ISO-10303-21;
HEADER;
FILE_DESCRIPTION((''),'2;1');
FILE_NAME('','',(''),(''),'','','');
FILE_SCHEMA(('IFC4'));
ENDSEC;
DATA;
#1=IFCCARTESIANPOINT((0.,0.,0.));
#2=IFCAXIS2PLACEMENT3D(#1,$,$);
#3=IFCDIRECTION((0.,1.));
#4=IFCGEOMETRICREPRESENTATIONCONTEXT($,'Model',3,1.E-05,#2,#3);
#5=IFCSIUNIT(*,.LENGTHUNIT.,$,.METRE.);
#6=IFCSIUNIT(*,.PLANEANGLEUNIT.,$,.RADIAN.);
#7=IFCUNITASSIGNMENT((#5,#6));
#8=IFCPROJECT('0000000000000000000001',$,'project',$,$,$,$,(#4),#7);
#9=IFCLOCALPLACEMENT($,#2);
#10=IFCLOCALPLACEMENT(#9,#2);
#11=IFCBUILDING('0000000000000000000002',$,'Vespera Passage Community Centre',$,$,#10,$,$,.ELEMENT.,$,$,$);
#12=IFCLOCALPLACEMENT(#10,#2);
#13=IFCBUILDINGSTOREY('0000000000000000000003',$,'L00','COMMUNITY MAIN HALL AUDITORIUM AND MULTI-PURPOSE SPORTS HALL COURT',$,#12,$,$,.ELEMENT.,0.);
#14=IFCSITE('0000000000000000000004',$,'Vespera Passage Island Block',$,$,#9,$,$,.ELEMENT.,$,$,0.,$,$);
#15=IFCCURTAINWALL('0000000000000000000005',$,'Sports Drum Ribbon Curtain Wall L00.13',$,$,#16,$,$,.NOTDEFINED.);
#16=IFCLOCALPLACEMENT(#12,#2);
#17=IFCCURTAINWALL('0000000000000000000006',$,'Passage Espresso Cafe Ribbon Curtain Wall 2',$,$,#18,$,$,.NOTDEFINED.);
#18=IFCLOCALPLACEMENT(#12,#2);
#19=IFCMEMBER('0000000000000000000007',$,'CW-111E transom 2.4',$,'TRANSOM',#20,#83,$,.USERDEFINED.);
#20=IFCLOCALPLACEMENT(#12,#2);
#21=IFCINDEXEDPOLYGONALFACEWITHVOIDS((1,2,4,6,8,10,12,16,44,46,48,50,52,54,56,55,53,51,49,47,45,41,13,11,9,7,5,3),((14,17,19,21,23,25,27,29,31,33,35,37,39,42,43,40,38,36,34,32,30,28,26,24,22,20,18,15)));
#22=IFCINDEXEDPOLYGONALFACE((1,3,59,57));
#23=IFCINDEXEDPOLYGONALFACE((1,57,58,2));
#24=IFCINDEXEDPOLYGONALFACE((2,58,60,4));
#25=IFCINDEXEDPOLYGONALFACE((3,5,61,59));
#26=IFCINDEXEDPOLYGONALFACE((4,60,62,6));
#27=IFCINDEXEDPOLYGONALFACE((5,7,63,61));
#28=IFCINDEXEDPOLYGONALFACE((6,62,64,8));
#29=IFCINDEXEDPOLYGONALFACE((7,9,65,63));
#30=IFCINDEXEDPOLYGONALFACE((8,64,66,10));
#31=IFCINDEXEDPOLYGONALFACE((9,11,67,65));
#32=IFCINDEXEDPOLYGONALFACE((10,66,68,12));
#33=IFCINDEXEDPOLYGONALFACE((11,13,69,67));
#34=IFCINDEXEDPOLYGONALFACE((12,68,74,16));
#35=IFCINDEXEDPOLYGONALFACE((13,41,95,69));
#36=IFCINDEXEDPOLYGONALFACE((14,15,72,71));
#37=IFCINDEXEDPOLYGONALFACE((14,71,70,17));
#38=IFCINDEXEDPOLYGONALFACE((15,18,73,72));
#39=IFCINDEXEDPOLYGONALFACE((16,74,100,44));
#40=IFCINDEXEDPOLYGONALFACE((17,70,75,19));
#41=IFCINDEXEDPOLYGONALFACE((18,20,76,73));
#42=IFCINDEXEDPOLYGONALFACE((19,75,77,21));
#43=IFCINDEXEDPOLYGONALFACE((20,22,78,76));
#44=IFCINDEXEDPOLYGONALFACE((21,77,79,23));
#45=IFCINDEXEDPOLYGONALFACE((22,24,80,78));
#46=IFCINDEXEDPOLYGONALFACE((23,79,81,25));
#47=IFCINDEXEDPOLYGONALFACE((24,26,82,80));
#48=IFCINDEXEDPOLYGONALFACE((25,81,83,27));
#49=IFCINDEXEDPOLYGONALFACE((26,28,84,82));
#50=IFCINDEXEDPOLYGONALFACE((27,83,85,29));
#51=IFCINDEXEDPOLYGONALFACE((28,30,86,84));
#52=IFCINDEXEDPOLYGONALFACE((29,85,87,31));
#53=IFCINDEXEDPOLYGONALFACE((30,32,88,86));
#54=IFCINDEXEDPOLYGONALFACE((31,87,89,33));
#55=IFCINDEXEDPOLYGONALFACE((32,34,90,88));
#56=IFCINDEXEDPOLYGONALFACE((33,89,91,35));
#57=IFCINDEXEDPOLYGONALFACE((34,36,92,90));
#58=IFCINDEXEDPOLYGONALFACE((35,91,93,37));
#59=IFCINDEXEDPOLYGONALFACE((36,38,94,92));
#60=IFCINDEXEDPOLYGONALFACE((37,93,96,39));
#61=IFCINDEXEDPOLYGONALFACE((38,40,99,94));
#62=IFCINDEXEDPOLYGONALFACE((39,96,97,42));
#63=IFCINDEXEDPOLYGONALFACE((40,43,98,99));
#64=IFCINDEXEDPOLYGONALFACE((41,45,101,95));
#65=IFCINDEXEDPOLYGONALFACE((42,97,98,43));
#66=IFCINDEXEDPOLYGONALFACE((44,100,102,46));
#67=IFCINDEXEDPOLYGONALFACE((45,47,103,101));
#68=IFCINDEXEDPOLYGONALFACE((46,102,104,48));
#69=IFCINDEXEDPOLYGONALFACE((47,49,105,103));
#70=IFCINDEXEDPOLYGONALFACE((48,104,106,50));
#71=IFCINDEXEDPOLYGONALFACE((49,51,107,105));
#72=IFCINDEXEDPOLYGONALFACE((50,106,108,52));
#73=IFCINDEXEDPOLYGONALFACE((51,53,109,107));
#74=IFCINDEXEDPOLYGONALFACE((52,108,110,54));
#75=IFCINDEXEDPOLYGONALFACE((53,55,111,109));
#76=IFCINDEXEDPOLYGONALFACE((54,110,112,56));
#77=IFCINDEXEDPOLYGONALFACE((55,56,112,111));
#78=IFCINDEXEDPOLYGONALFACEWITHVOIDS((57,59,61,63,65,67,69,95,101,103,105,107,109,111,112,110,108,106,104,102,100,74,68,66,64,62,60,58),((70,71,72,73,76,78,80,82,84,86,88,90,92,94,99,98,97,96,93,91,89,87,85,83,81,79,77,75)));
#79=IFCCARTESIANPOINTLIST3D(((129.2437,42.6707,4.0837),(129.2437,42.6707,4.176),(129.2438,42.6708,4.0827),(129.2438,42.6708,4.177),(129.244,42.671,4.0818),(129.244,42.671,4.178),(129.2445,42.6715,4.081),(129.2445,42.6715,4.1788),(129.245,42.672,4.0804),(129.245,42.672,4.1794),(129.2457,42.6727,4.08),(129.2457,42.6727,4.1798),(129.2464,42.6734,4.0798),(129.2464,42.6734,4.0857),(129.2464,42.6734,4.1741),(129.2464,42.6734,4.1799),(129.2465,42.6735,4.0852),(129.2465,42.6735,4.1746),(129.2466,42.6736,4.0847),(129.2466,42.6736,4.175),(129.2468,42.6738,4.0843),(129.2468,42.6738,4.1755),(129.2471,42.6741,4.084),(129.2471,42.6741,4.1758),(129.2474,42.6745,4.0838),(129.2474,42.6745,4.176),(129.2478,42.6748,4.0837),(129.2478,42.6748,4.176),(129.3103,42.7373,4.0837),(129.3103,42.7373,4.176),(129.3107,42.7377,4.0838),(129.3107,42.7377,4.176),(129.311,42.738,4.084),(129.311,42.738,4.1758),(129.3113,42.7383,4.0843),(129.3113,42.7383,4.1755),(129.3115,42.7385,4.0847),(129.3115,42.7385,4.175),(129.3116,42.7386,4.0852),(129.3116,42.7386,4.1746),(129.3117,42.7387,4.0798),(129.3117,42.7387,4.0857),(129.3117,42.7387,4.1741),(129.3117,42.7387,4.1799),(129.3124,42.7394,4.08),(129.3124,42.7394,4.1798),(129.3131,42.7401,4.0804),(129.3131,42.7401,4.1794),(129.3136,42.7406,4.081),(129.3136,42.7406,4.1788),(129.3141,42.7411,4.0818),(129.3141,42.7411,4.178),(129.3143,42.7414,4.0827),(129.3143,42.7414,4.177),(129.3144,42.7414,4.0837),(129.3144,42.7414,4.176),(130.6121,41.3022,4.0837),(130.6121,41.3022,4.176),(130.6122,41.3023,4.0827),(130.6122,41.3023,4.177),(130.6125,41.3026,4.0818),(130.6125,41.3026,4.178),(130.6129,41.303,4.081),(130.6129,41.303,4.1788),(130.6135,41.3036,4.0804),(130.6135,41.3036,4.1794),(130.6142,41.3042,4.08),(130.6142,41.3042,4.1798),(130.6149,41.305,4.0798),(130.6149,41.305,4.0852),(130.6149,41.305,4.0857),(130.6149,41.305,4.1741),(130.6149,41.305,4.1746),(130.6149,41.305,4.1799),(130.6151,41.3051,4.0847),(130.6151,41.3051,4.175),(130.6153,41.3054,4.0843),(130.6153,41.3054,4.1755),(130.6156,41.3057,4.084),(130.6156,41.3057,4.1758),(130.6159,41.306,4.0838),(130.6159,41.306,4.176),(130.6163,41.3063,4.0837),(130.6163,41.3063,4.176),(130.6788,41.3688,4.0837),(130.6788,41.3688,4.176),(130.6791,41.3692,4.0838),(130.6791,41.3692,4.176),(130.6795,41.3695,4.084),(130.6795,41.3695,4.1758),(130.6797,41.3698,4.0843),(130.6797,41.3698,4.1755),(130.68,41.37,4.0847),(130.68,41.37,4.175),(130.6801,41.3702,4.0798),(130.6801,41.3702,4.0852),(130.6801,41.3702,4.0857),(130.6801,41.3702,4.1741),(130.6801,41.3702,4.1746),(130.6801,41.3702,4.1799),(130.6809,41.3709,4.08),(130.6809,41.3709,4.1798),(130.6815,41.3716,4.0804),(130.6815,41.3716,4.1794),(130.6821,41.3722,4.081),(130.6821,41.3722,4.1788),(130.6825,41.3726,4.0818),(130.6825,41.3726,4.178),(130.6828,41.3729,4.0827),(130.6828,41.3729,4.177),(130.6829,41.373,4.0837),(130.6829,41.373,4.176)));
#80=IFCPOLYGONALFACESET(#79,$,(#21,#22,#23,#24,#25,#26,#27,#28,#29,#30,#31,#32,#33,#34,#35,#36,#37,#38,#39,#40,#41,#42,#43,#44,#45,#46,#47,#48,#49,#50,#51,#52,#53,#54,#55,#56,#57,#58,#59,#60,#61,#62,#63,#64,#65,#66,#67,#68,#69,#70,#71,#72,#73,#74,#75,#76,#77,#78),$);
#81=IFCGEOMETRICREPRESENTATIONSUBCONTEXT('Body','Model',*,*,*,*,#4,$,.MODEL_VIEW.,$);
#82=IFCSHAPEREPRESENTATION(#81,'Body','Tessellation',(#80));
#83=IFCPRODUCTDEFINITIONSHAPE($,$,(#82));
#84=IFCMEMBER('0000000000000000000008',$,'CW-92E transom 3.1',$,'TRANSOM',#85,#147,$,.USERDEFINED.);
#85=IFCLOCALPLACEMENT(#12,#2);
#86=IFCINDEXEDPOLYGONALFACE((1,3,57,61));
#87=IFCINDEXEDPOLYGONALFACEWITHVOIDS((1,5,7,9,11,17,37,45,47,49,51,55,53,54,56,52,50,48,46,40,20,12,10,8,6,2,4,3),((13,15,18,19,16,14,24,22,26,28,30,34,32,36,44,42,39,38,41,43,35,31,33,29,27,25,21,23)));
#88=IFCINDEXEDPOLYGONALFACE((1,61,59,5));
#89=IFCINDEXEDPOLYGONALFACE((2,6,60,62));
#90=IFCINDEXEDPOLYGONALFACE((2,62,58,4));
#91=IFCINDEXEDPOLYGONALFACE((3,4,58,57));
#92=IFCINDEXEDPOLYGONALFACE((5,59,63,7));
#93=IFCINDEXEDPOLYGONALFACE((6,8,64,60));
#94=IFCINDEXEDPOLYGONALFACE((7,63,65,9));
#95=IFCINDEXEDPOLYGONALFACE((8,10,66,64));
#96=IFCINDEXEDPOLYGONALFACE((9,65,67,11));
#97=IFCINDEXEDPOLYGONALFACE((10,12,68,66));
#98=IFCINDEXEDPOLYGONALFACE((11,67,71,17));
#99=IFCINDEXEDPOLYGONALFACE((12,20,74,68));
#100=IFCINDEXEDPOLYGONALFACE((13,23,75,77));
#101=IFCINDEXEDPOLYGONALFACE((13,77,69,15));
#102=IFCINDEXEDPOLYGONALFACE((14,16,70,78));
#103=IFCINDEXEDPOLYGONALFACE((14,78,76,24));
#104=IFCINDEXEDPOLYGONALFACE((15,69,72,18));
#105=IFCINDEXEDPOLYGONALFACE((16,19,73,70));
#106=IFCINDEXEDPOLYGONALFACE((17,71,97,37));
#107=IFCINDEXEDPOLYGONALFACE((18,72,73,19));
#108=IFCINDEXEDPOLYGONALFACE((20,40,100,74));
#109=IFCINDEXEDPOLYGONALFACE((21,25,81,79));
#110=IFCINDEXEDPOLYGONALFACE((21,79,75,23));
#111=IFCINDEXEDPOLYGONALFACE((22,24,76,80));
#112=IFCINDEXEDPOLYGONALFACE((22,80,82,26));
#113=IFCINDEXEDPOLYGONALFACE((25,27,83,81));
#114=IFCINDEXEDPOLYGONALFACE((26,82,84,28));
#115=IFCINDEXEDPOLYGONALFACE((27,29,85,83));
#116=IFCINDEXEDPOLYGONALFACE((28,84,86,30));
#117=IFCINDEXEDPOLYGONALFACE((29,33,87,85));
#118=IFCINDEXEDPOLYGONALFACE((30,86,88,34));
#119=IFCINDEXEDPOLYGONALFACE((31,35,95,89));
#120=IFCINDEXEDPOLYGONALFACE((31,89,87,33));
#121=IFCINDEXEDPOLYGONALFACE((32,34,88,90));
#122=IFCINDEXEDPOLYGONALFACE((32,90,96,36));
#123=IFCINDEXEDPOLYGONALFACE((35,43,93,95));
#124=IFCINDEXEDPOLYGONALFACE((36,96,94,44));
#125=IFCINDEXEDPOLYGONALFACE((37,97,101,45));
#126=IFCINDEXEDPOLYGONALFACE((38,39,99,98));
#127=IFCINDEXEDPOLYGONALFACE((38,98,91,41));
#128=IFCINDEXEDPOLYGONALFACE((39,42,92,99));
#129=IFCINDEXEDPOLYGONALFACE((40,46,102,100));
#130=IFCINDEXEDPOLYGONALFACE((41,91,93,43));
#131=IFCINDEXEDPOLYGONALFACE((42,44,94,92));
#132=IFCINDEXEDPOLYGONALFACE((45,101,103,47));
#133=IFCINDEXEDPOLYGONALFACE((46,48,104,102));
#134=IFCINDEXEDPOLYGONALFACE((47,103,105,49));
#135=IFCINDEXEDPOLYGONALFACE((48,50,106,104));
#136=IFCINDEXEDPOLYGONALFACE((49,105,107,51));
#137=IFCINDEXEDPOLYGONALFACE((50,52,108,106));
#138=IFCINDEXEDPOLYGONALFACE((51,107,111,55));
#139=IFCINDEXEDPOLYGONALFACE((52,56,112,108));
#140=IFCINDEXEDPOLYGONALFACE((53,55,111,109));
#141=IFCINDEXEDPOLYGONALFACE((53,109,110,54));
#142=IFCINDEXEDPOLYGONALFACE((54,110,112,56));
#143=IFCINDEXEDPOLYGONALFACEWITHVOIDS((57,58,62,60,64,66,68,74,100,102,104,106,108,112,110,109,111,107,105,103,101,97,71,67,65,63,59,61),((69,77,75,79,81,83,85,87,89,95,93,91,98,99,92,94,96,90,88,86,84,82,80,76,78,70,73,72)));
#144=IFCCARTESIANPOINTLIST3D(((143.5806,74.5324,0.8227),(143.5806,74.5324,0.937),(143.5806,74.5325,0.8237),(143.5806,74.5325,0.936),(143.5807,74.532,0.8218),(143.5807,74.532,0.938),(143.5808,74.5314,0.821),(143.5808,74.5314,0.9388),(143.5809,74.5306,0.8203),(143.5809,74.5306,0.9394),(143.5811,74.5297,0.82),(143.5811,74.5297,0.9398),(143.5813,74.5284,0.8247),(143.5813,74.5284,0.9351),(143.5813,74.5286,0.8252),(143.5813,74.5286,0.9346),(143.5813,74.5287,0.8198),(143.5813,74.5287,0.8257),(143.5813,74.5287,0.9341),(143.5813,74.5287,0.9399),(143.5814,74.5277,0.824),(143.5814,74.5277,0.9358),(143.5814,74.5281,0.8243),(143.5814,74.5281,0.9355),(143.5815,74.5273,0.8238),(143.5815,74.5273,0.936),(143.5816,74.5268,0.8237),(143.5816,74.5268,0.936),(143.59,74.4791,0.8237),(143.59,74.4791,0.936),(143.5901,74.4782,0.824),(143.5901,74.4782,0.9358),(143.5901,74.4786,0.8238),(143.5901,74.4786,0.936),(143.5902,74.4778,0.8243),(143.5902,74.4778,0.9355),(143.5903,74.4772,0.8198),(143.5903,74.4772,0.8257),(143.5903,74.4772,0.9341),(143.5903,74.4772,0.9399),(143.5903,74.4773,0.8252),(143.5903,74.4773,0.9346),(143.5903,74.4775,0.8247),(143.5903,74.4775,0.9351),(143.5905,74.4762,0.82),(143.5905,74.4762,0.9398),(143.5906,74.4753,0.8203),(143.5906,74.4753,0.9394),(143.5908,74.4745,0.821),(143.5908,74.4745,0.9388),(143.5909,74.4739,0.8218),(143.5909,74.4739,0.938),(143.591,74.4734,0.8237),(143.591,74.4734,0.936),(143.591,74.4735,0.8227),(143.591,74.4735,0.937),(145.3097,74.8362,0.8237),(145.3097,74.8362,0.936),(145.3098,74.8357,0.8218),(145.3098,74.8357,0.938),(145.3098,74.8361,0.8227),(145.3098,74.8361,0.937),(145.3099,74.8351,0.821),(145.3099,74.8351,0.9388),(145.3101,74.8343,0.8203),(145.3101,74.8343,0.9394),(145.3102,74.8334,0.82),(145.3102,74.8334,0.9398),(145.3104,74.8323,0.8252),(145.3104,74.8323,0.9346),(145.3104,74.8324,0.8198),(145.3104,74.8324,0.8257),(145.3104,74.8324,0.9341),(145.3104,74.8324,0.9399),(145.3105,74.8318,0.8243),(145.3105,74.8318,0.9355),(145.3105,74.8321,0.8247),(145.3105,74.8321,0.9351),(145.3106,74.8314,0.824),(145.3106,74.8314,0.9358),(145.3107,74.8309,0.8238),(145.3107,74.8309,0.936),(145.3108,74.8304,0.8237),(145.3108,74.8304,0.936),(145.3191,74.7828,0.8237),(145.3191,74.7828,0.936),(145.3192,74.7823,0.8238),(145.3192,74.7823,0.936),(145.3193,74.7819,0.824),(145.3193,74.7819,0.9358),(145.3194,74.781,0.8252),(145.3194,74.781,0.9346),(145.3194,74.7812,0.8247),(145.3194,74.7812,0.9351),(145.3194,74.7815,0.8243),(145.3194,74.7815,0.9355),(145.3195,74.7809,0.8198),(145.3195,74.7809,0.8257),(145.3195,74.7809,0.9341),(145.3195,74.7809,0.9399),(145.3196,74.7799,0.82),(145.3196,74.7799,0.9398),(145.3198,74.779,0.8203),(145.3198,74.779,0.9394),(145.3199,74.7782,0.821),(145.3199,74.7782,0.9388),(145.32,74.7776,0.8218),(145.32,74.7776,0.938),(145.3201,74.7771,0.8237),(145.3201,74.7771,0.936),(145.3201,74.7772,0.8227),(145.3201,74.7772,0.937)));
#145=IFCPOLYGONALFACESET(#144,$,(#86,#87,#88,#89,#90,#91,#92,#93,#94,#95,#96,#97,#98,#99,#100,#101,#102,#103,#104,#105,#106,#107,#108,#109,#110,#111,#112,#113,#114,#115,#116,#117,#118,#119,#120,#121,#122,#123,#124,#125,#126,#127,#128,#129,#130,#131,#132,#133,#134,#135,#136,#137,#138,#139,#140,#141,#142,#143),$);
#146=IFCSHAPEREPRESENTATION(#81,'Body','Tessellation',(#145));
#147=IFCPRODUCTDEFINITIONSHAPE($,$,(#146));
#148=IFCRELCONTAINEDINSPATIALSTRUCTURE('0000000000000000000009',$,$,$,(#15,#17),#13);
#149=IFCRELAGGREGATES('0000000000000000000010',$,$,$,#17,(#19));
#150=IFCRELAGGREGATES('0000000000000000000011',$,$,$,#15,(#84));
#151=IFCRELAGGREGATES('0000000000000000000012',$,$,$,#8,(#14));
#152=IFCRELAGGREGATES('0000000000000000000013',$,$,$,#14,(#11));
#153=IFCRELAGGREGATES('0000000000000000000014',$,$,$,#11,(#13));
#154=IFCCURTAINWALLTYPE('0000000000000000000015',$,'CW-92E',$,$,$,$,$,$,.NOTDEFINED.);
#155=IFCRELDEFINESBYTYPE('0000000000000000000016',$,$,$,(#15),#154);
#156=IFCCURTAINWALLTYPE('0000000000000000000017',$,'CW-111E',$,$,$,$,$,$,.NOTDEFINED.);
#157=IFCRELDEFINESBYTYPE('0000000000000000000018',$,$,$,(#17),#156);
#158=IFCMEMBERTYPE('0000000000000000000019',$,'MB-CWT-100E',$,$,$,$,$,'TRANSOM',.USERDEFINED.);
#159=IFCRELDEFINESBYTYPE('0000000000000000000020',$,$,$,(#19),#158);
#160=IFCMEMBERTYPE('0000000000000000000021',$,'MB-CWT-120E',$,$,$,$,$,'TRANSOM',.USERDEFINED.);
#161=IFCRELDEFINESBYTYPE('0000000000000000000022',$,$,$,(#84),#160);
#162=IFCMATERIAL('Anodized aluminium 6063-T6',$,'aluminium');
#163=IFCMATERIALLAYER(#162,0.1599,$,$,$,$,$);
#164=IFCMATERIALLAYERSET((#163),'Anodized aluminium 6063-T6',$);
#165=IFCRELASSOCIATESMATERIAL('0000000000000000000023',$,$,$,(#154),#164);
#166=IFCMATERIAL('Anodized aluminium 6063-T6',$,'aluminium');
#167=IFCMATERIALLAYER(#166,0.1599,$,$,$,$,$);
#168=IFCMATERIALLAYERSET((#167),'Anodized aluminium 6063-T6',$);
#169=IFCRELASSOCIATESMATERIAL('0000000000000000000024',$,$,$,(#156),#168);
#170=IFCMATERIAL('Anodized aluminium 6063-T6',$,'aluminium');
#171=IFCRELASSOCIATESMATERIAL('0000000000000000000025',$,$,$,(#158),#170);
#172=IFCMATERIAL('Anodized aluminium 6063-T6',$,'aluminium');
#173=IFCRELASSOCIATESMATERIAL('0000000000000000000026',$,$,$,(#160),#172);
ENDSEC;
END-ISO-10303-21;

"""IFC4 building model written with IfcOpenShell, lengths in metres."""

from ifc_helpers import new_model, si_unit, direction, frame, origin, origin_2d, place, context, subcontext, project, spatial, hollow_rectangle, extrude, material, layer, layer_set, material_profile, profile_set, type_object, element, aggregate, save


model = new_model("IFC4")

# Units and contexts
model_context = context("Model", 3, precision=1e-05, world=origin(), true_north=direction((0.0, 1.0)))
body_context = subcontext(model_context, "Body", "Model", "MODEL_VIEW")
ifc_project = project(units=[si_unit("LENGTHUNIT", "METRE"), si_unit("PLANEANGLEUNIT", "RADIAN")], contexts=[model_context])

# Site, building, storey
site_placement = place(None, origin())
site = spatial("IfcSite", under=ifc_project, at=site_placement, Name="Vespera Passage Island Block", CompositionType="ELEMENT", RefElevation=0.0)
building_placement = place(site_placement, origin())
building = spatial("IfcBuilding", under=site, at=building_placement, Name="Vespera Passage Community Centre", CompositionType="ELEMENT")
storey_placement = place(building_placement, origin())
storey = spatial("IfcBuildingStorey", under=building, at=storey_placement, Name="L00", Description="COMMUNITY MAIN HALL AUDITORIUM AND MULTI-PURPOSE SPORTS HALL COURT", CompositionType="ELEMENT", Elevation=0.0)

# Curtain wall
ifc_material_1 = material(Name="Anodized aluminium 6063-T6", Category="aluminium")
ifc_layer_1 = layer(ifc_material_1, 0.1599)
ifc_layer_set_1 = layer_set([ifc_layer_1], Name="Anodized aluminium 6063-T6")
curtain_wall_type_1 = type_object("IfcCurtainWallType", Name="CW-92E", PredefinedType="NOTDEFINED", material=ifc_layer_set_1)
curtain_wall_1_placement = place(storey_placement, origin())
curtain_wall_1 = element("IfcCurtainWall", 1, at=curtain_wall_1_placement, inside=storey, type_object=curtain_wall_type_1, Name="Sports Drum Ribbon Curtain Wall L00.13", PredefinedType="NOTDEFINED")

# Curtain wall, member
ifc_material_2 = material(Name="Anodized aluminium 6063-T6", Category="aluminium")
ifc_layer_2 = layer(ifc_material_2, 0.1599)
ifc_layer_set_2 = layer_set([ifc_layer_2], Name="Anodized aluminium 6063-T6")
curtain_wall_type_2 = type_object("IfcCurtainWallType", Name="CW-111E", PredefinedType="NOTDEFINED", material=ifc_layer_set_2)
curtain_wall_2_placement = place(storey_placement, origin())
curtain_wall_2 = element("IfcCurtainWall", 2, at=curtain_wall_2_placement, inside=storey, type_object=curtain_wall_type_2, Name="Passage Espresso Cafe Ribbon Curtain Wall 2", PredefinedType="NOTDEFINED")
ifc_material_3 = material(Name="Anodized aluminium 6063-T6", Category="aluminium")
ifc_material_profile_1 = material_profile(ifc_material_3, hollow_rectangle(XDim=0.1001, YDim=0.1001, WallThickness=0.0039, InnerFilletRadius=0.002, OuterFilletRadius=0.0039, at=origin_2d()), Name="ALU100X100X4")
ifc_profile_set_1 = profile_set([ifc_material_profile_1], Name="Anodized aluminium 6063-T6")
member_type_1 = type_object("IfcMemberType", Name="MB-CWT-100E", ElementType="TRANSOM", PredefinedType="USERDEFINED", material=ifc_profile_set_1)
member_1_placement = place(storey_placement, frame((129.2791, 42.7061, 4.1299), z_axis=(0.707107, -0.707107, 0.0), x_axis=(0.707107, 0.707107, 0.0)))
member_1 = element("IfcMember", 3, at=member_1_placement, type_object=member_type_1, Name="CW-111E transom 2.4", ObjectType="TRANSOM", PredefinedType="USERDEFINED", context=body_context, shape_type="SweptSolid", body=[
    extrude(hollow_rectangle(XDim=0.1001, YDim=0.1001, WallThickness=0.0039, InnerFilletRadius=0.002, OuterFilletRadius=0.0039, at=origin_2d()), origin(), (0.0, 0.0, 1.0), 1.9353),
])

# Member
ifc_material_4 = material(Name="Anodized aluminium 6063-T6", Category="aluminium")
ifc_material_profile_2 = material_profile(ifc_material_4, hollow_rectangle(XDim=0.0601, YDim=0.1201, WallThickness=0.0039, InnerFilletRadius=0.002, OuterFilletRadius=0.0039, at=origin_2d()), Name="ALU120X60X4")
ifc_profile_set_2 = profile_set([ifc_material_profile_2], Name="Anodized aluminium 6063-T6")
member_type_2 = type_object("IfcMemberType", Name="MB-CWT-120E", ElementType="TRANSOM", PredefinedType="USERDEFINED", material=ifc_profile_set_2)
member_2_placement = place(storey_placement, frame((145.3149, 74.8066, 0.8799), z_axis=(-0.984925, -0.172984, 0.0), x_axis=(0.172984, -0.984925, 0.0)))
member_2 = element("IfcMember", 4, at=member_2_placement, type_object=member_type_2, Name="CW-92E transom 3.1", ObjectType="TRANSOM", PredefinedType="USERDEFINED", context=body_context, shape_type="SweptSolid", body=[
    extrude(hollow_rectangle(XDim=0.0601, YDim=0.1201, WallThickness=0.0039, InnerFilletRadius=0.002, OuterFilletRadius=0.0039, at=origin_2d()), origin(), (0.0, 0.0, 1.0), 1.7556),
])

aggregate(curtain_wall_2, [member_1])
aggregate(curtain_wall_1, [member_2])

save(model, "model.ifc")
